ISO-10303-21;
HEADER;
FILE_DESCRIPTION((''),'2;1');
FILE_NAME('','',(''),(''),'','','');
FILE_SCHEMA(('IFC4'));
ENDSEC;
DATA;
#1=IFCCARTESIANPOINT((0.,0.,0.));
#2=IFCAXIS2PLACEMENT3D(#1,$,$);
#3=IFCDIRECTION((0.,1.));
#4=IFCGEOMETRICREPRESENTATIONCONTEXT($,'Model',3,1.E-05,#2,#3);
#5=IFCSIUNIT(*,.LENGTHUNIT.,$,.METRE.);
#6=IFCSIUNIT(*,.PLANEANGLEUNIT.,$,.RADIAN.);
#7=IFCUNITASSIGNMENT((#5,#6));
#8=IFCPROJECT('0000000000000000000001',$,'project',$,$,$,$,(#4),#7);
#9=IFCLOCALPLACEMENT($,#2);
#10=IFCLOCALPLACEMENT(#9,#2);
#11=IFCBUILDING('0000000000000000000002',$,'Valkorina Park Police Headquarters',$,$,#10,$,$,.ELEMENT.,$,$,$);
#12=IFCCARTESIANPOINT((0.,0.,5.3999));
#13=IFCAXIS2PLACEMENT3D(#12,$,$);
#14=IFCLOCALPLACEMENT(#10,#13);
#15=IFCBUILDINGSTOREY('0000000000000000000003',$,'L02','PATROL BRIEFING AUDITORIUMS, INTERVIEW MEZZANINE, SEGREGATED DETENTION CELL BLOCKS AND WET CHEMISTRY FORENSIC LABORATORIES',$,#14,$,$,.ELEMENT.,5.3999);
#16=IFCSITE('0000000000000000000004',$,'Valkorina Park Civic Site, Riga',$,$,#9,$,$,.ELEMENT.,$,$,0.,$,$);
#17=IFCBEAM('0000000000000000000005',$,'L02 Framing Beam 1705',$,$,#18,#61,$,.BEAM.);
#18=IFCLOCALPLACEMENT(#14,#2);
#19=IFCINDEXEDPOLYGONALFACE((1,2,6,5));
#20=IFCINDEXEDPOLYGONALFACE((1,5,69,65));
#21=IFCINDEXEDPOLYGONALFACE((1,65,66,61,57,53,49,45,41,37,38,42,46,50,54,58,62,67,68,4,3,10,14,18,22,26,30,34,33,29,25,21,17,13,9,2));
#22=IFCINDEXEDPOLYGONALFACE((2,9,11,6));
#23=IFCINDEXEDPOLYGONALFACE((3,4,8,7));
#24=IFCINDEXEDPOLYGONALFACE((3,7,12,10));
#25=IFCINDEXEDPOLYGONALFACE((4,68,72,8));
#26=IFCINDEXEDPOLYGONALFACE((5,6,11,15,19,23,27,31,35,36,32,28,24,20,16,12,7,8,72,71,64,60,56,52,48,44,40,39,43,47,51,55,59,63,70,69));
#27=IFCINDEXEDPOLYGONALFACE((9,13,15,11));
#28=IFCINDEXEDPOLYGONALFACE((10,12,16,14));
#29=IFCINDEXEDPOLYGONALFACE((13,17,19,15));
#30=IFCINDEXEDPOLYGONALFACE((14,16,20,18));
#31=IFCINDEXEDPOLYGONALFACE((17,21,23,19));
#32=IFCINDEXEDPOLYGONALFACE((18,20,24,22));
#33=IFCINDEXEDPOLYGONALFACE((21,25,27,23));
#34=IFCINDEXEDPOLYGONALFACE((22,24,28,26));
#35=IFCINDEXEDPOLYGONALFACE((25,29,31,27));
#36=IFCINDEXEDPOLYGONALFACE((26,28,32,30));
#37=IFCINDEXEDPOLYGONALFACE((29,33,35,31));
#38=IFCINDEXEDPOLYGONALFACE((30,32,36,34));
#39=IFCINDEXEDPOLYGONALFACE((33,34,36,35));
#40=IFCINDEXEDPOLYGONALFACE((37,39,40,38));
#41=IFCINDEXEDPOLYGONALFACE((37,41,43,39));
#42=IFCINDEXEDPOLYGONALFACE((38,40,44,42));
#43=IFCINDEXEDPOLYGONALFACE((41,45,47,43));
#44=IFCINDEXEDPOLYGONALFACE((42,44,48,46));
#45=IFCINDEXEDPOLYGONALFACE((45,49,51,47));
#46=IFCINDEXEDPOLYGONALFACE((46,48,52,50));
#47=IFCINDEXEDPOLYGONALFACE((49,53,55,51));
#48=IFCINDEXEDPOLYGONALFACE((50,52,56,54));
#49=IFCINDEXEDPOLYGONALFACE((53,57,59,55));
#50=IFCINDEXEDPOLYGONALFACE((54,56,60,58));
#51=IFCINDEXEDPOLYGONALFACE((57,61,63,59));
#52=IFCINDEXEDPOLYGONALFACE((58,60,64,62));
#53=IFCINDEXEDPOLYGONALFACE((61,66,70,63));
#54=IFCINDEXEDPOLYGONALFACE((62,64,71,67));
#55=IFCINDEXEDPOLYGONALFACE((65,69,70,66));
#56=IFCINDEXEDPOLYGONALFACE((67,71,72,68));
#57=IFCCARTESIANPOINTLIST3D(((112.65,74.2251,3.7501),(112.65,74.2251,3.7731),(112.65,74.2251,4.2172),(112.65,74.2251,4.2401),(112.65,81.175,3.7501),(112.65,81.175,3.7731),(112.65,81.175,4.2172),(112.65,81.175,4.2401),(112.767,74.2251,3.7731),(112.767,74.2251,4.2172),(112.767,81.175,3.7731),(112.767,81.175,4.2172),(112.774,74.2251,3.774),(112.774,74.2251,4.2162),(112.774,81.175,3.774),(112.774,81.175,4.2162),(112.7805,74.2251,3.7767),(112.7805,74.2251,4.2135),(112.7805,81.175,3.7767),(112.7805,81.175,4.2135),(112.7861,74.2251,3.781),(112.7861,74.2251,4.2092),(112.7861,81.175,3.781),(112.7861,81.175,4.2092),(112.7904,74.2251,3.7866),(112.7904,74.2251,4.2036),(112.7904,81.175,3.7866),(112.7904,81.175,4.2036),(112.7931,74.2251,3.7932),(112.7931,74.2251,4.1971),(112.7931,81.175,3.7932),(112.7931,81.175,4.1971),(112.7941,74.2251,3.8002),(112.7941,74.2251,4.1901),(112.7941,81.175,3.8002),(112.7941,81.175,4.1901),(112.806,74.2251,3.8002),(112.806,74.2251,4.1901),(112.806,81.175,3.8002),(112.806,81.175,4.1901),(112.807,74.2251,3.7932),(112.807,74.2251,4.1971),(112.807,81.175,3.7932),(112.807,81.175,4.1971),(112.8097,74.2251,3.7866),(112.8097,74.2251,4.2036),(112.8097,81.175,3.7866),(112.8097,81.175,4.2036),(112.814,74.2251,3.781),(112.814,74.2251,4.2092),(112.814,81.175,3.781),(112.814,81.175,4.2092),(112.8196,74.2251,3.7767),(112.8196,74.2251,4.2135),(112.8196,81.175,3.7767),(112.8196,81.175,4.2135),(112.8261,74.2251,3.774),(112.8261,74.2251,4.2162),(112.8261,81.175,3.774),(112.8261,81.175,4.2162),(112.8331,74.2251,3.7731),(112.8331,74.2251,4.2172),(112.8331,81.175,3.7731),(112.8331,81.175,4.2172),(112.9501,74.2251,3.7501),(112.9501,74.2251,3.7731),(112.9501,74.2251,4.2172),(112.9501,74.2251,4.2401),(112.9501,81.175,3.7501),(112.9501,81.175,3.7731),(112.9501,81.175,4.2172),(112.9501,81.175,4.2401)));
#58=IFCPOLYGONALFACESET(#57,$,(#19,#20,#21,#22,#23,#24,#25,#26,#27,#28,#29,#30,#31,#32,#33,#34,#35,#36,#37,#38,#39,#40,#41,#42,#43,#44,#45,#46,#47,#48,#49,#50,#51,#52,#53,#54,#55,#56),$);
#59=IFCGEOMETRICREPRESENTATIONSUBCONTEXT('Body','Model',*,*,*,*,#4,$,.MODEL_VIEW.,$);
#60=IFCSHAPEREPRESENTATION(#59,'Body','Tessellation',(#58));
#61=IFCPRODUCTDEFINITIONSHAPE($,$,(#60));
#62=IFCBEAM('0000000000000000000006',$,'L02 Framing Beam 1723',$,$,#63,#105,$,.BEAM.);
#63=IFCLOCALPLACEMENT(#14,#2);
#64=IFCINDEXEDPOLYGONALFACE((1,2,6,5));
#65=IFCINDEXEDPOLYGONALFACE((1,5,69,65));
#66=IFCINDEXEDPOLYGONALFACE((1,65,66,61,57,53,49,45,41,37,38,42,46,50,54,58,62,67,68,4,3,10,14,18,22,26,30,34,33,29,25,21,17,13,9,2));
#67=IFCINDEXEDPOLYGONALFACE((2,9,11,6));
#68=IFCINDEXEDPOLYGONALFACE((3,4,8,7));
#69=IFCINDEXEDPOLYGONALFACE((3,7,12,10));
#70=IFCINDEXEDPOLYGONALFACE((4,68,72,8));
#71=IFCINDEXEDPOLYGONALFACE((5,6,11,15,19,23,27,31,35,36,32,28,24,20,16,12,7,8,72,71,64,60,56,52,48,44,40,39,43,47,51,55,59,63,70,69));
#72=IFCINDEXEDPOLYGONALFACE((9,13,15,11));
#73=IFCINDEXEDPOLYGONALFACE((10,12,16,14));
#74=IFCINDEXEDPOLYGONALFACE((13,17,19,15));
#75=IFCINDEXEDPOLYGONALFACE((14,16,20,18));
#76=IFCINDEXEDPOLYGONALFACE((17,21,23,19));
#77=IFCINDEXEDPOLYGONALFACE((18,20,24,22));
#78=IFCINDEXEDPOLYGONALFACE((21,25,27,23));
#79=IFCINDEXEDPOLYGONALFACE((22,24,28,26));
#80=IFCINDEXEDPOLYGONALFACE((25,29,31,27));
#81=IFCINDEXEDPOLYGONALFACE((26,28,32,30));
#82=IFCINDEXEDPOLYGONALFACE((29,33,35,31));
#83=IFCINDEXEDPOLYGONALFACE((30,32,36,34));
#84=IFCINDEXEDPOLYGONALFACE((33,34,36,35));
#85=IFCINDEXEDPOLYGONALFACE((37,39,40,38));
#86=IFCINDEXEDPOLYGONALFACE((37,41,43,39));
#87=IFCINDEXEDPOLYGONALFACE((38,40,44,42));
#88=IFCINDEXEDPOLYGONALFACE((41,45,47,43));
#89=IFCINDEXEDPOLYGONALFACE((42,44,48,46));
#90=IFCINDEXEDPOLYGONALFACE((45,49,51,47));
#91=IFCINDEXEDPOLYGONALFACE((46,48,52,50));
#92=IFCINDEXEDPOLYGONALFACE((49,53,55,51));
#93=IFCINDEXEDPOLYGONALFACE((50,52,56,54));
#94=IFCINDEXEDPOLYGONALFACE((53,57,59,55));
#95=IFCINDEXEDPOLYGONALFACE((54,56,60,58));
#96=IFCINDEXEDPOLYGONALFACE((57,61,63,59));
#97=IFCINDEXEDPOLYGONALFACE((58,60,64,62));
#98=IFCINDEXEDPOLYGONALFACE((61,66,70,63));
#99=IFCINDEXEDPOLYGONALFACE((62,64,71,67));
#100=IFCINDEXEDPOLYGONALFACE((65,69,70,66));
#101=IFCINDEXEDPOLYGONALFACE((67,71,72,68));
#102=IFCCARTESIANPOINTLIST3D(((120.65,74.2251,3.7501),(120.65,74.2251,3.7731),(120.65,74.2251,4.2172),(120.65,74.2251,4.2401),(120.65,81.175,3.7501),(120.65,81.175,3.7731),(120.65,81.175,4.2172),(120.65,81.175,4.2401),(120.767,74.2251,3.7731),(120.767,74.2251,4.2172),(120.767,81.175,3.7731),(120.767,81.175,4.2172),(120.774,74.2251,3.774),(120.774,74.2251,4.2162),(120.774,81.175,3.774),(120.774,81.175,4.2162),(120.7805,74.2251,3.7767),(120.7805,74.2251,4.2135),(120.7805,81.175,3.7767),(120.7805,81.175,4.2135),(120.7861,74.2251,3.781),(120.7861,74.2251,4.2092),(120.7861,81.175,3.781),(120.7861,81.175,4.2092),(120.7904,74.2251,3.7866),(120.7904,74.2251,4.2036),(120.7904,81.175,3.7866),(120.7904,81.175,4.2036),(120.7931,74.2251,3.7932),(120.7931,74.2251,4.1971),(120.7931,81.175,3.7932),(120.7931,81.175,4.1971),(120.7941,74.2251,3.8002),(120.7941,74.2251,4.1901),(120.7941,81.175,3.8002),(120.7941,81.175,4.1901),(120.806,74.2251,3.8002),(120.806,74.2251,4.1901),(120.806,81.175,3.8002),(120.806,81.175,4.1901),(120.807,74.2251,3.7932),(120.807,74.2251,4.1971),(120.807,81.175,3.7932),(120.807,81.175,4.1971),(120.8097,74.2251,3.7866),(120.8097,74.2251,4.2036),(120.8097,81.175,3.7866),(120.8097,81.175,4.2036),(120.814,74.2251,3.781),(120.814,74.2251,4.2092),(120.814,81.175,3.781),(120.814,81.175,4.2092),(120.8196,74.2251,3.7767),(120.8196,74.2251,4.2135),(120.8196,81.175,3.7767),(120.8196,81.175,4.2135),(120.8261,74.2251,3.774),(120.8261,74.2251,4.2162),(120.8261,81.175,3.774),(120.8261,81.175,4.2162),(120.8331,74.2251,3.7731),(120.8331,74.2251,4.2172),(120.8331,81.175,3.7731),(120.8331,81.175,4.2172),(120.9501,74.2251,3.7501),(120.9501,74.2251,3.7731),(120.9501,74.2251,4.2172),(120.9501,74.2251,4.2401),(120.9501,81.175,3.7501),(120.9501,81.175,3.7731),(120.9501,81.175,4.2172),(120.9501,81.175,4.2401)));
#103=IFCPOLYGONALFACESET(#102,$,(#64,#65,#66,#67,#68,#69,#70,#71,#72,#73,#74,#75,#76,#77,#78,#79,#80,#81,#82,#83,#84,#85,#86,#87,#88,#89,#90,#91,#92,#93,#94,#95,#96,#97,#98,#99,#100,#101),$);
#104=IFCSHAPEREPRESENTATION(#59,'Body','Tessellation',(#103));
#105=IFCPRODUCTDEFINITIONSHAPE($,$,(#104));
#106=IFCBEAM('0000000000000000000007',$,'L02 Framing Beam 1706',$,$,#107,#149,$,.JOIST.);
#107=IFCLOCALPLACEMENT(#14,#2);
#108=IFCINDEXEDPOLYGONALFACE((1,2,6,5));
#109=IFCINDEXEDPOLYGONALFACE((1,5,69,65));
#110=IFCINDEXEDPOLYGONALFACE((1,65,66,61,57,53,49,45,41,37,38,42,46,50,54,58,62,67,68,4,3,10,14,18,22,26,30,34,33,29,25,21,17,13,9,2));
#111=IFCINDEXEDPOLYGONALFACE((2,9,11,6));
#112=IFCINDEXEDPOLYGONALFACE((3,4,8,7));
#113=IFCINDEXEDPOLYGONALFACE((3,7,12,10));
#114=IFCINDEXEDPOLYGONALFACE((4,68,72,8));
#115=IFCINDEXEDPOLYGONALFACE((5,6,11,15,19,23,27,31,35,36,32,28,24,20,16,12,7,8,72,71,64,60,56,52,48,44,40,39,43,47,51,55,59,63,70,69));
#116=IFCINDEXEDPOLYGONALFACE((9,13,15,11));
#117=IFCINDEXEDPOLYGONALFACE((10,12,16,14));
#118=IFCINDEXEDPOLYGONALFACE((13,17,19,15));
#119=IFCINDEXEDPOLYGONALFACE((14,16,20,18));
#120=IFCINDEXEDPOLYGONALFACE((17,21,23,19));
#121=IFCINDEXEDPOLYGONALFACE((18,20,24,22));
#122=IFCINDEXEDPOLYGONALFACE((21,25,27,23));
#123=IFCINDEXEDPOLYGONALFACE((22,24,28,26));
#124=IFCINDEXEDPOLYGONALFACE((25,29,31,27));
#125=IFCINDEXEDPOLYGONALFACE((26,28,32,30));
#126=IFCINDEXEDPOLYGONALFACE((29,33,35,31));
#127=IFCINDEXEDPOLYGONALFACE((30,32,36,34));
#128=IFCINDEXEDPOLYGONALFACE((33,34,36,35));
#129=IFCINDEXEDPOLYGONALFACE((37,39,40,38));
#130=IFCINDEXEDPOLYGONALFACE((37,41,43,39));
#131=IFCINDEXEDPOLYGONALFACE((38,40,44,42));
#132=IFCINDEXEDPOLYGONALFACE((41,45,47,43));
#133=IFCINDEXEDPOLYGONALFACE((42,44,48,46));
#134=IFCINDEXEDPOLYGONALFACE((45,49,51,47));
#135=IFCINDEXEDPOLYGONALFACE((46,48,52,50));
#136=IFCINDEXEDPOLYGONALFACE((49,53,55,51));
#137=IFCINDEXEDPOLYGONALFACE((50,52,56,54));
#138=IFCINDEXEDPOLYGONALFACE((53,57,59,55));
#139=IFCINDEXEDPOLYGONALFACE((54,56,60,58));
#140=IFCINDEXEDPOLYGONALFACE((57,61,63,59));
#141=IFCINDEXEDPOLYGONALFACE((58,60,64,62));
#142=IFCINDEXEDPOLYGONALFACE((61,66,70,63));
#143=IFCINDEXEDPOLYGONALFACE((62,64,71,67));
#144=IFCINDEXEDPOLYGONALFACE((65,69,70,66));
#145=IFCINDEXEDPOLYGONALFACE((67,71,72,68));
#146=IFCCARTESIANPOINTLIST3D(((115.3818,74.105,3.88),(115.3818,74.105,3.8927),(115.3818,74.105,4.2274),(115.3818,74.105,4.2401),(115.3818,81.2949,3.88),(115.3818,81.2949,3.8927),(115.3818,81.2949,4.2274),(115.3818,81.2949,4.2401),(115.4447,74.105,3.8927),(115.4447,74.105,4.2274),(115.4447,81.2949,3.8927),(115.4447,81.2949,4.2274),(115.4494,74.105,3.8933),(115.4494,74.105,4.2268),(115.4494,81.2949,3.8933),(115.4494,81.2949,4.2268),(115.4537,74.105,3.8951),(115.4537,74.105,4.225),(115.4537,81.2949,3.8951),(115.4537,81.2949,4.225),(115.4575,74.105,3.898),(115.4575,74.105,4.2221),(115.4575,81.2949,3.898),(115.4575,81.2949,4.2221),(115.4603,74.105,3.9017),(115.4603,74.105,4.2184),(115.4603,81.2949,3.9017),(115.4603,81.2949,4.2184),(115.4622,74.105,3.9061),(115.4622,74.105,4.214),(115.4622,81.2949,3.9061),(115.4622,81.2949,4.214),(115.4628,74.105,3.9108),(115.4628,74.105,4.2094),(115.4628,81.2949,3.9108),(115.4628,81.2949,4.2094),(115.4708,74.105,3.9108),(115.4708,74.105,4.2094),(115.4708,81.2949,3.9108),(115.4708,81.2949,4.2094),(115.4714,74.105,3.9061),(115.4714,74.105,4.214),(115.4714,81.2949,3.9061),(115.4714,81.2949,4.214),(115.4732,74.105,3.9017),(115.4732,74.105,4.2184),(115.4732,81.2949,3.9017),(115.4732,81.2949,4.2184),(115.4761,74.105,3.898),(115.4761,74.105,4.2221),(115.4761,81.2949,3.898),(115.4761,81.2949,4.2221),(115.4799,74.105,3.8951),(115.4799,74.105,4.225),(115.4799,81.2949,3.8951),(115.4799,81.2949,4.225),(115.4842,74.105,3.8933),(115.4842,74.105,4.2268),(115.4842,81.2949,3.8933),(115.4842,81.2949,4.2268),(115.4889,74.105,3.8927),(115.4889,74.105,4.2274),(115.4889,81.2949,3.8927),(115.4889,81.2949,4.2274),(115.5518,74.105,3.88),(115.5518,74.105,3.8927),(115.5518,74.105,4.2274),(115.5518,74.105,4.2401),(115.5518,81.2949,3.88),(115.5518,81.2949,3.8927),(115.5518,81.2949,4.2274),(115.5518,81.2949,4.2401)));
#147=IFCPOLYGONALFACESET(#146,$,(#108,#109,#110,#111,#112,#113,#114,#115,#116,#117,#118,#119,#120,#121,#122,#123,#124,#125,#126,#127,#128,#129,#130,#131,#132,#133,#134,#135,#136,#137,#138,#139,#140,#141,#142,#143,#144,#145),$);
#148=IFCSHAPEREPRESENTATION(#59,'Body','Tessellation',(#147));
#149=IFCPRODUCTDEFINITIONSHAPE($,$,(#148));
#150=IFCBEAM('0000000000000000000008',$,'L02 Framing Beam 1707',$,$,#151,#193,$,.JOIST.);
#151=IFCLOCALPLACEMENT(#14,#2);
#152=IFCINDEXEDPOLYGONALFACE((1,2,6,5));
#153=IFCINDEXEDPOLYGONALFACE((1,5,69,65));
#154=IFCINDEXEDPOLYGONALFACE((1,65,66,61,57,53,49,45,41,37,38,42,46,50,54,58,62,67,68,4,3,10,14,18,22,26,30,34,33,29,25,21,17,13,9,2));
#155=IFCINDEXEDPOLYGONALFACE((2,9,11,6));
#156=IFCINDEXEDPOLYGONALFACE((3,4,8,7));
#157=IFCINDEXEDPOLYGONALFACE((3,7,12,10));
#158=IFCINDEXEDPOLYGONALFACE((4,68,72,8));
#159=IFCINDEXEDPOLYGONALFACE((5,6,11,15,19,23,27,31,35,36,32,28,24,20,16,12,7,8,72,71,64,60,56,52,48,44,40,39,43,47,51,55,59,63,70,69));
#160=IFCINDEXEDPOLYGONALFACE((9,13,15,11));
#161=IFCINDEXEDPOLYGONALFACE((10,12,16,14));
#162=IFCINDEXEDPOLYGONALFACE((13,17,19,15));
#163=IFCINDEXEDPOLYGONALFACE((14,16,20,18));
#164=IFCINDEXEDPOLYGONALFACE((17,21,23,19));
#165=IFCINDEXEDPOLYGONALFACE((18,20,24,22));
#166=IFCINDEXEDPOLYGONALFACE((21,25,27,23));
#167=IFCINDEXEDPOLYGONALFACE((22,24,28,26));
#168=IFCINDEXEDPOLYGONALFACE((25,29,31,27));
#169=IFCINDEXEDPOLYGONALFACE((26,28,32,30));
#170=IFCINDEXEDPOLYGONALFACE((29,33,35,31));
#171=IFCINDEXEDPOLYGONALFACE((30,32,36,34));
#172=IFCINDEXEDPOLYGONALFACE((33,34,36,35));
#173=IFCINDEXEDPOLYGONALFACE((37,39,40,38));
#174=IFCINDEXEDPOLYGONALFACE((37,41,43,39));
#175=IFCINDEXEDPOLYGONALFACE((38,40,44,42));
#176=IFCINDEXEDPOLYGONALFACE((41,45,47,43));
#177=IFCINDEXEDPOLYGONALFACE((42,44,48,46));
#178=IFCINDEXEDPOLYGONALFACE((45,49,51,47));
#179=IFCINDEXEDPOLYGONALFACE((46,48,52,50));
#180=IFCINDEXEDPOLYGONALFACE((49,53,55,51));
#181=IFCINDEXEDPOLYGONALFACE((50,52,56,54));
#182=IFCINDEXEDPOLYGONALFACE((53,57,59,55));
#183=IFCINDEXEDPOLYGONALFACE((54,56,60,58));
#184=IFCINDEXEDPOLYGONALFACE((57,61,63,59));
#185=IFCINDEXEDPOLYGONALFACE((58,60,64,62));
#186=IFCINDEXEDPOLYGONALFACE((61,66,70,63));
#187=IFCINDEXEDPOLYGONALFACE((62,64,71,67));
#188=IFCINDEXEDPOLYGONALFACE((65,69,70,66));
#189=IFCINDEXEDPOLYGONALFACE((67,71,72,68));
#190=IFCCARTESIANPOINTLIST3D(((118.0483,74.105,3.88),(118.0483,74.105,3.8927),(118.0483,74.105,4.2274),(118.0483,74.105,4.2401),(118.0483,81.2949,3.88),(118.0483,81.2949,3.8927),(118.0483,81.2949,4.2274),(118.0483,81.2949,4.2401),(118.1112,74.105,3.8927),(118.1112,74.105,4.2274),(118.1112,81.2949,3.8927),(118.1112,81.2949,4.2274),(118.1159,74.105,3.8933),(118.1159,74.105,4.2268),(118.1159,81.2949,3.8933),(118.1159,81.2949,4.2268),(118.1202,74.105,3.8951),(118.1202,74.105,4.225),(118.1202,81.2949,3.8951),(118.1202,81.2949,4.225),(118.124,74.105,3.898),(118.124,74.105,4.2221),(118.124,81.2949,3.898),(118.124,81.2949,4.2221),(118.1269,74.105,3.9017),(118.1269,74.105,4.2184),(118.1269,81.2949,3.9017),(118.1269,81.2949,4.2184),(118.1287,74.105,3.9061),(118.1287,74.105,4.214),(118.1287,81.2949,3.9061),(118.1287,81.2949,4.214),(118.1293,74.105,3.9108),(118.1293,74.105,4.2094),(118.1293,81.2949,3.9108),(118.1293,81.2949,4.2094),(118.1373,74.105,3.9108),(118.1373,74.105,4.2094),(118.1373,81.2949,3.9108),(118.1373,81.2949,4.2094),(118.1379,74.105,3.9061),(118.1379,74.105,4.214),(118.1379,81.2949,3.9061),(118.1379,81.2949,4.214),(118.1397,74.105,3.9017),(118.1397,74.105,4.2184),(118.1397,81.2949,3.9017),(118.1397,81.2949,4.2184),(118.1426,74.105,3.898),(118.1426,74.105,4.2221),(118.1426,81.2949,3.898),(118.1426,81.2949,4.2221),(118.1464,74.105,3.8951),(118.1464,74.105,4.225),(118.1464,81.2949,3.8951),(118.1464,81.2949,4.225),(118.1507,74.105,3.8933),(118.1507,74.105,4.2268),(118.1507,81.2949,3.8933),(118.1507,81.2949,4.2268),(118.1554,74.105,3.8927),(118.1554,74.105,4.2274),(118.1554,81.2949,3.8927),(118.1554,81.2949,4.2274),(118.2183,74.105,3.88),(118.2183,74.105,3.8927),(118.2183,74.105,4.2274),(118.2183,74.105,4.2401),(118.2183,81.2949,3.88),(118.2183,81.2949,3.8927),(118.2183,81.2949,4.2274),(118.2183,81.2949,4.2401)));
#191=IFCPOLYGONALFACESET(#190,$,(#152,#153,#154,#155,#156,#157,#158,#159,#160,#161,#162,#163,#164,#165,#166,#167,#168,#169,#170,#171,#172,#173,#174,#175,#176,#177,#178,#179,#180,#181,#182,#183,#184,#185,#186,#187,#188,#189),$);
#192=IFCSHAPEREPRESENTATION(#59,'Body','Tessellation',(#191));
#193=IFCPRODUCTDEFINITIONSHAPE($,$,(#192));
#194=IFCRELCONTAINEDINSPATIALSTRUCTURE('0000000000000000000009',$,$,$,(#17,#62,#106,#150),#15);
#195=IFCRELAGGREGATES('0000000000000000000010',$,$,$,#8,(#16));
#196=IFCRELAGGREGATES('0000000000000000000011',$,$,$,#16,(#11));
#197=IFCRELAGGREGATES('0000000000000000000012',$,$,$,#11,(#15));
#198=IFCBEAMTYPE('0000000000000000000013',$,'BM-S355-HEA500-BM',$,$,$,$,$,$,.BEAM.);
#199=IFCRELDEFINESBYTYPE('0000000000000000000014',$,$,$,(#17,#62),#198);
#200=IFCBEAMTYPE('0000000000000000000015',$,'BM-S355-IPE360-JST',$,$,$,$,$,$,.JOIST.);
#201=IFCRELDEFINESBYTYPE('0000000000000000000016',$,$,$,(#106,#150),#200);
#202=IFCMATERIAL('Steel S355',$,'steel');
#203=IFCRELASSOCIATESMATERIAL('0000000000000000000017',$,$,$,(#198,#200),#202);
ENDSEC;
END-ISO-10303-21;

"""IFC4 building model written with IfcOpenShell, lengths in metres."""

from ifc_helpers import new_model, si_unit, direction, frame, origin, origin_2d, place, context, subcontext, project, spatial, i_section, extrude, material, material_profile, profile_set, type_object, element, save


model = new_model("IFC4")

# Units and contexts
model_context = context("Model", 3, precision=1e-05, world=origin(), true_north=direction((0.0, 1.0)))
body_context = subcontext(model_context, "Body", "Model", "MODEL_VIEW")
ifc_project = project(units=[si_unit("LENGTHUNIT", "METRE"), si_unit("PLANEANGLEUNIT", "RADIAN")], contexts=[model_context])

# Site, building, storey
site_placement = place(None, origin())
site = spatial("IfcSite", under=ifc_project, at=site_placement, Name="Valkorina Park Civic Site, Riga", CompositionType="ELEMENT", RefElevation=0.0)
building_placement = place(site_placement, origin())
building = spatial("IfcBuilding", under=site, at=building_placement, Name="Valkorina Park Police Headquarters", CompositionType="ELEMENT")
storey_placement = place(building_placement, frame((0.0, 0.0, 5.3999)))
storey = spatial("IfcBuildingStorey", under=building, at=storey_placement, Name="L02", Description="PATROL BRIEFING AUDITORIUMS, INTERVIEW MEZZANINE, SEGREGATED DETENTION CELL BLOCKS AND WET CHEMISTRY FORENSIC LABORATORIES", CompositionType="ELEMENT", Elevation=5.3999)

# Shared definitions
ifc_material_1 = material(Name="Steel S355", Category="steel")

# Beams
ifc_material_profile_1 = material_profile(ifc_material_1, i_section(OverallWidth=0.3, OverallDepth=0.49, WebThickness=0.012, FlangeThickness=0.0229, FilletRadius=0.0271, at=origin_2d()), Name="HEA 500")
ifc_profile_set_1 = profile_set([ifc_material_profile_1], Name="Steel S355")
beam_type_1 = type_object("IfcBeamType", Name="BM-S355-HEA500-BM", PredefinedType="BEAM", material=ifc_profile_set_1)
for number, where, z_axis, x_axis, name in (
    (1, (112.8, 74.2251, 3.9951), (0.0, 1.0, 0.0), (-1.0, 0.0, 0.0), "L02 Framing Beam 1705"),
    (2, (120.8, 74.2251, 3.9951), (0.0, 1.0, 0.0), (-1.0, 0.0, 0.0), "L02 Framing Beam 1723"),
):
    element("IfcBeam", number, at=place(storey_placement, frame(where, z_axis=z_axis, x_axis=x_axis)), inside=storey, type_object=beam_type_1, Name=name, PredefinedType="BEAM", context=body_context, shape_type="SweptSolid", body=[
        extrude(i_section(OverallWidth=0.3, OverallDepth=0.49, WebThickness=0.012, FlangeThickness=0.0229, FilletRadius=0.0271, at=origin_2d()), origin(), (0.0, 0.0, 1.0), 6.95),
    ])
ifc_material_profile_2 = material_profile(ifc_material_1, i_section(OverallWidth=0.1699, OverallDepth=0.3601, WebThickness=0.0081, FlangeThickness=0.0127, FilletRadius=0.0181, at=origin_2d()), Name="IPE 360")
ifc_profile_set_2 = profile_set([ifc_material_profile_2], Name="Steel S355")
beam_type_2 = type_object("IfcBeamType", Name="BM-S355-IPE360-JST", PredefinedType="JOIST", material=ifc_profile_set_2)
for number, where, z_axis, x_axis, name in (
    (3, (115.4668, 74.105, 4.0601), (0.0, 1.0, 0.0), (-1.0, 0.0, 0.0), "L02 Framing Beam 1706"),
    (4, (118.1333, 74.105, 4.0601), (0.0, 1.0, 0.0), (-1.0, 0.0, 0.0), "L02 Framing Beam 1707"),
):
    element("IfcBeam", number, at=place(storey_placement, frame(where, z_axis=z_axis, x_axis=x_axis)), inside=storey, type_object=beam_type_2, Name=name, PredefinedType="JOIST", context=body_context, shape_type="SweptSolid", body=[
        extrude(i_section(OverallWidth=0.1699, OverallDepth=0.3601, WebThickness=0.0081, FlangeThickness=0.0127, FilletRadius=0.0181, at=origin_2d()), origin(), (0.0, 0.0, 1.0), 7.1899),
    ])

save(model, "model.ifc")
